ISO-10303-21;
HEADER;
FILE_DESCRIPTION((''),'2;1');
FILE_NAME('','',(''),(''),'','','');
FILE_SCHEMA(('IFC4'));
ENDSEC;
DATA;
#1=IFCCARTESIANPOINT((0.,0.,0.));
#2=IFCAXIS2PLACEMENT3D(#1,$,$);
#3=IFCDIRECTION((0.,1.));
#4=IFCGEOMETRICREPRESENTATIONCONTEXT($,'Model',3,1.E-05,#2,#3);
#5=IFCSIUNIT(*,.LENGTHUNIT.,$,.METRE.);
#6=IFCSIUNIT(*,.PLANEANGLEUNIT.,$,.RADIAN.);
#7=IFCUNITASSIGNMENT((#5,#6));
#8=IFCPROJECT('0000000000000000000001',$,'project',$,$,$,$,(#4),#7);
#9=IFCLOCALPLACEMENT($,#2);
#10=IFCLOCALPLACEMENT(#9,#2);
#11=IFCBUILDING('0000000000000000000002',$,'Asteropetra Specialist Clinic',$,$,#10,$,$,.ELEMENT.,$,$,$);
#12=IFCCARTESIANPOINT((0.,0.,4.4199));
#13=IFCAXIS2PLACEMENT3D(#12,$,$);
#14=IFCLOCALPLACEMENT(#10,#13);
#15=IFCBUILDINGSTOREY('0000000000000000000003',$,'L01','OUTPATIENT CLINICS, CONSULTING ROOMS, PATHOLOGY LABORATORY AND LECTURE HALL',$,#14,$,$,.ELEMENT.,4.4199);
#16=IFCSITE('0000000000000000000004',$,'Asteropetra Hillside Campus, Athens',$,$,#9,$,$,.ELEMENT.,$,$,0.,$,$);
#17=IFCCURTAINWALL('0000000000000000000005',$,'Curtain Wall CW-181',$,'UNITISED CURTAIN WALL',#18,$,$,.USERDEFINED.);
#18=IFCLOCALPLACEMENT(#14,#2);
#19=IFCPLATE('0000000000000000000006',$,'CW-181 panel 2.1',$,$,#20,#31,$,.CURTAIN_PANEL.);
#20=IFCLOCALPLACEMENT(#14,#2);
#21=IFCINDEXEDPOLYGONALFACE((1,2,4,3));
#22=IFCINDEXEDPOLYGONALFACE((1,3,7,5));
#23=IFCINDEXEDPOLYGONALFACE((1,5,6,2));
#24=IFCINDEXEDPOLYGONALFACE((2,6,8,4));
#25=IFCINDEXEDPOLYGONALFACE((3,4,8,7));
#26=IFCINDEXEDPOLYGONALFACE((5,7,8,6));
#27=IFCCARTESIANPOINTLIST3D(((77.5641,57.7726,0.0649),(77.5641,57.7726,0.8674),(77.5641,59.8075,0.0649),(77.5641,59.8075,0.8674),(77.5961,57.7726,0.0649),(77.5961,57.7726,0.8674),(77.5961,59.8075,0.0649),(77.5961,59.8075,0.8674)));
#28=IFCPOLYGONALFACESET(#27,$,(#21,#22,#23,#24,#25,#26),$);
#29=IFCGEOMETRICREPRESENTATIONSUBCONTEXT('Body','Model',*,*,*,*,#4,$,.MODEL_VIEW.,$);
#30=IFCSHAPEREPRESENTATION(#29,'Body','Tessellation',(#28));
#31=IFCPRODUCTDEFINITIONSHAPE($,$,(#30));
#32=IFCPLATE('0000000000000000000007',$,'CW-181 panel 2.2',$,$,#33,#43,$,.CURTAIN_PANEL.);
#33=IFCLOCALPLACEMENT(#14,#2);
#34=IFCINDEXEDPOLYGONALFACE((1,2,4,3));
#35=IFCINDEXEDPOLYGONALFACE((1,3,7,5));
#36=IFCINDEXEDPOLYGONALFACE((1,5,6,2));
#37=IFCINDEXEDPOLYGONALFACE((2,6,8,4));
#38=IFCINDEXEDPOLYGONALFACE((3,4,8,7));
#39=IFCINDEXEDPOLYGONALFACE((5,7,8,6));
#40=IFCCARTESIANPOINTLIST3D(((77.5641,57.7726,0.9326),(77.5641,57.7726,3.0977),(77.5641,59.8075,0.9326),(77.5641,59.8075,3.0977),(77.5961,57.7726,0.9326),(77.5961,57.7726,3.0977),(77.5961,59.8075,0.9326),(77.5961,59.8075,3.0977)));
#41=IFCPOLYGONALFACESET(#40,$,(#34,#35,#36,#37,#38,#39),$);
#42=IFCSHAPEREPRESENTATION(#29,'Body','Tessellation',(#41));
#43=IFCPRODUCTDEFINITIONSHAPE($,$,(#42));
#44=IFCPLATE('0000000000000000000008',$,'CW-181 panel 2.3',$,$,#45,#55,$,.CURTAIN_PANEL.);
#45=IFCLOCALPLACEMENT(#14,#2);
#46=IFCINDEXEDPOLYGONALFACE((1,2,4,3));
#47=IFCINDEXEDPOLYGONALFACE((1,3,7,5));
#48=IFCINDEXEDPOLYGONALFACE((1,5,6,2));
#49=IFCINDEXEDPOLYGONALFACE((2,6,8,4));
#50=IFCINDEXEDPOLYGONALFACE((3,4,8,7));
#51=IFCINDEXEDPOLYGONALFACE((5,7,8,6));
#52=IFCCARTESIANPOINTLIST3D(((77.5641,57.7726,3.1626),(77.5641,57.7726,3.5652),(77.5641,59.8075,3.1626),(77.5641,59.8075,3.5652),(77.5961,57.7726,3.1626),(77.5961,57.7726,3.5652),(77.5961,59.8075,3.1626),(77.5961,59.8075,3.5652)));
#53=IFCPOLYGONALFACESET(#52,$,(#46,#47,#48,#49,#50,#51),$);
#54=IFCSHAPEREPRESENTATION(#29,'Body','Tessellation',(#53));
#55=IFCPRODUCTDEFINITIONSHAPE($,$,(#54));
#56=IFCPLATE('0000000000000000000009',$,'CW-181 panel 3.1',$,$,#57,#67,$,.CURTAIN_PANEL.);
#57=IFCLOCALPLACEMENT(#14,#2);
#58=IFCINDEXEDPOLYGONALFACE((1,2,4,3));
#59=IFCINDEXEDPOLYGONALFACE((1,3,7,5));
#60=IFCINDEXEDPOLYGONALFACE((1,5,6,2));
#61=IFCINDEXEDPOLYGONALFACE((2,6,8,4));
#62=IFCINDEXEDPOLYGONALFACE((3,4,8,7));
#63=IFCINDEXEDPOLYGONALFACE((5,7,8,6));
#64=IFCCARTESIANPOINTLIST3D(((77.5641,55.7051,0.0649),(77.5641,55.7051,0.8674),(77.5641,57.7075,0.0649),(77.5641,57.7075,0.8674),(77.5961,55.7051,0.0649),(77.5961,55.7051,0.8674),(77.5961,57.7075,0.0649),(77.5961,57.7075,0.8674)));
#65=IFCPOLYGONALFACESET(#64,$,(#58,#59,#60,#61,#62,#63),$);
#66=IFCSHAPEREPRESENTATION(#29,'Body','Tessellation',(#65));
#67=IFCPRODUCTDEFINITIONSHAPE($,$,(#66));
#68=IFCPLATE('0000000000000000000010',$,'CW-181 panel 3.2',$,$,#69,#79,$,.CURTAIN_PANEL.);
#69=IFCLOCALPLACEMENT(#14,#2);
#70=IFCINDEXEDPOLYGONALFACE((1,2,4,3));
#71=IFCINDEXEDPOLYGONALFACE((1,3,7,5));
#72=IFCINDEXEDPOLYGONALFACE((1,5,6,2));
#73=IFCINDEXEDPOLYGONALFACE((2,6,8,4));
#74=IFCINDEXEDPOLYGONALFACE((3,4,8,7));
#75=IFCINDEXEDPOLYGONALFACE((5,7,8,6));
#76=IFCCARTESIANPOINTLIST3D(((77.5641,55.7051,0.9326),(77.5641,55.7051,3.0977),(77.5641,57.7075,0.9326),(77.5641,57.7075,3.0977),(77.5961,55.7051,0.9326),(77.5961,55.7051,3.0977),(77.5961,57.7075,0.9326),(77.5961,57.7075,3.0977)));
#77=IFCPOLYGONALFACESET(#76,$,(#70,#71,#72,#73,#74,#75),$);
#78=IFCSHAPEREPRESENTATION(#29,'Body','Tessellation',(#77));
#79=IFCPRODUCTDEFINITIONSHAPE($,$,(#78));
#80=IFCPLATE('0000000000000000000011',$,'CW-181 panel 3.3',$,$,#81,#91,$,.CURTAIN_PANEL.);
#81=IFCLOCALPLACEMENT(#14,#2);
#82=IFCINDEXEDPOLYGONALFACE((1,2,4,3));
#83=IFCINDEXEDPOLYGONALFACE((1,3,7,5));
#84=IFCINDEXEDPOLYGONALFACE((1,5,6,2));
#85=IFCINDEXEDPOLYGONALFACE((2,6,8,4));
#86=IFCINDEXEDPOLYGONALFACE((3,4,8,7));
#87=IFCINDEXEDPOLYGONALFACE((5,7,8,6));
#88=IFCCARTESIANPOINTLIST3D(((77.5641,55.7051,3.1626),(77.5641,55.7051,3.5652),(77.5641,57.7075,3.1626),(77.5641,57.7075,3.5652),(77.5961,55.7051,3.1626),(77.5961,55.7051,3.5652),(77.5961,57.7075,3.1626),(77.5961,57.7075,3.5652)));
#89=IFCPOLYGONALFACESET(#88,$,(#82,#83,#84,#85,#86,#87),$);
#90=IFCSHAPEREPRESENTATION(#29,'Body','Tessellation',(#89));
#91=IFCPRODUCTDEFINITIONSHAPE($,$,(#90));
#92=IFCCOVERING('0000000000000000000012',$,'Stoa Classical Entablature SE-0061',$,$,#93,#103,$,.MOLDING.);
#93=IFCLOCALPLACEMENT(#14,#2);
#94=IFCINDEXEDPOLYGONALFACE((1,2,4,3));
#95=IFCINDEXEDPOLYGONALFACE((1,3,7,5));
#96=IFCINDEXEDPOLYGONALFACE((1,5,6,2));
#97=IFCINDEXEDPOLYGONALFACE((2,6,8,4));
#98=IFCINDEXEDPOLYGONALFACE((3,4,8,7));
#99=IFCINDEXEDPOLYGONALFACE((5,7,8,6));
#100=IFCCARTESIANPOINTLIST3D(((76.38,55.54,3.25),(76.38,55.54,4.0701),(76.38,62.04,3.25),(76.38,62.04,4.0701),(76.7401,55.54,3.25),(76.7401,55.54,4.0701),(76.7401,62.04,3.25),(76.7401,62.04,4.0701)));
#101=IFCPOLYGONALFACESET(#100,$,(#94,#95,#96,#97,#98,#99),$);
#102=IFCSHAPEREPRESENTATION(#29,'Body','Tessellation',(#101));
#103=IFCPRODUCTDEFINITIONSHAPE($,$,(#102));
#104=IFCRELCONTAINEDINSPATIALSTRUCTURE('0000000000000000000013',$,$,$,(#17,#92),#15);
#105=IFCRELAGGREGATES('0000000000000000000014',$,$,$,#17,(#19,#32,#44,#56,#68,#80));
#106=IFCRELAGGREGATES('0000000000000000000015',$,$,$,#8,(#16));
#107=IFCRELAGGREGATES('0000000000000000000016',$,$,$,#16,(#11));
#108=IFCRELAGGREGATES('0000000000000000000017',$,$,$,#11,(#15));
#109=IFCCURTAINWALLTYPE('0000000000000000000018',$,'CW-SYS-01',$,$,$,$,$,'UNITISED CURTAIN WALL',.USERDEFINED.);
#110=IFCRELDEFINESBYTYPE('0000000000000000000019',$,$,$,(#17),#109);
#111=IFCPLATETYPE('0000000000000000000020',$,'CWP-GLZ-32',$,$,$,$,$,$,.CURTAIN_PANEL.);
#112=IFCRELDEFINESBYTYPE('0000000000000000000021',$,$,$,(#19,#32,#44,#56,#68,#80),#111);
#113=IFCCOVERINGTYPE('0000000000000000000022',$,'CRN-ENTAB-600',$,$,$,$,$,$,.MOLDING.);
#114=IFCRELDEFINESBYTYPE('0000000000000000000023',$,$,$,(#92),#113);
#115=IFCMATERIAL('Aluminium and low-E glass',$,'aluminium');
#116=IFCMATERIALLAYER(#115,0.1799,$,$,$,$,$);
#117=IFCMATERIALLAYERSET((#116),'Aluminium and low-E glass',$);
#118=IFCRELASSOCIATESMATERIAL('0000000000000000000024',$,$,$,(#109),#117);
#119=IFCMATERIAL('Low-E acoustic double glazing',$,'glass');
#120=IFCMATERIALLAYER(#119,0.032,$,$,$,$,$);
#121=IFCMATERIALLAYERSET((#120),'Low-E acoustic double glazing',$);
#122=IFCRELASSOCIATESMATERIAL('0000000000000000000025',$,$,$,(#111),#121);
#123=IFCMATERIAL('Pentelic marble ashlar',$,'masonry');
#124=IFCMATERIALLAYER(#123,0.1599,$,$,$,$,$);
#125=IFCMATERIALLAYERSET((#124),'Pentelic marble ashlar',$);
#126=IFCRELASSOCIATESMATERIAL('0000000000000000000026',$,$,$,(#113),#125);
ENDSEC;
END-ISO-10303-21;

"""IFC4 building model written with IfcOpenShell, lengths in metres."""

from ifc_helpers import new_model, si_unit, direction, frame, origin, origin_2d, place, context, subcontext, project, spatial, rectangle, extrude, material, layer, layer_set, type_object, element, aggregate, save


model = new_model("IFC4")

# Units and contexts
model_context = context("Model", 3, precision=1e-05, world=origin(), true_north=direction((0.0, 1.0)))
body_context = subcontext(model_context, "Body", "Model", "MODEL_VIEW")
ifc_project = project(units=[si_unit("LENGTHUNIT", "METRE"), si_unit("PLANEANGLEUNIT", "RADIAN")], contexts=[model_context])

# Site, building, storey
site_placement = place(None, origin())
site = spatial("IfcSite", under=ifc_project, at=site_placement, Name="Asteropetra Hillside Campus, Athens", CompositionType="ELEMENT", RefElevation=0.0)
building_placement = place(site_placement, origin())
building = spatial("IfcBuilding", under=site, at=building_placement, Name="Asteropetra Specialist Clinic", CompositionType="ELEMENT")
storey_placement = place(building_placement, frame((0.0, 0.0, 4.4199)))
storey = spatial("IfcBuildingStorey", under=building, at=storey_placement, Name="L01", Description="OUTPATIENT CLINICS, CONSULTING ROOMS, PATHOLOGY LABORATORY AND LECTURE HALL", CompositionType="ELEMENT", Elevation=4.4199)

# Curtain wall
ifc_material_1 = material(Name="Aluminium and low-E glass", Category="aluminium")
ifc_layer_1 = layer(ifc_material_1, 0.1799)
ifc_layer_set_1 = layer_set([ifc_layer_1], Name="Aluminium and low-E glass")
curtain_wall_type_1 = type_object("IfcCurtainWallType", Name="CW-SYS-01", ElementType="UNITISED CURTAIN WALL", PredefinedType="USERDEFINED", material=ifc_layer_set_1)
curtain_wall_1_placement = place(storey_placement, origin())
curtain_wall_1 = element("IfcCurtainWall", 1, at=curtain_wall_1_placement, inside=storey, type_object=curtain_wall_type_1, Name="Curtain Wall CW-181", ObjectType="UNITISED CURTAIN WALL", PredefinedType="USERDEFINED")

# Plates
ifc_material_2 = material(Name="Low-E acoustic double glazing", Category="glass")
ifc_layer_2 = layer(ifc_material_2, 0.032)
ifc_layer_set_2 = layer_set([ifc_layer_2], Name="Low-E acoustic double glazing")
plate_type = type_object("IfcPlateType", Name="CWP-GLZ-32", PredefinedType="CURTAIN_PANEL", material=ifc_layer_set_2)
plate_1_placement = place(storey_placement, frame((77.5801, 58.79, 0.0649), z_axis=(0.0, 0.0, 1.0), x_axis=(0.0, -1.0, 0.0)))
plate_1 = element("IfcPlate", 2, at=plate_1_placement, type_object=plate_type, Name="CW-181 panel 2.1", PredefinedType="CURTAIN_PANEL", context=body_context, shape_type="SweptSolid", body=[
    extrude(rectangle(XDim=2.0349, YDim=0.032, at=origin_2d()), origin(), (0.0, 0.0, 1.0), 0.8025),
])
plate_2_placement = place(storey_placement, frame((77.5801, 58.79, 0.9326), z_axis=(0.0, 0.0, 1.0), x_axis=(0.0, -1.0, 0.0)))
plate_2 = element("IfcPlate", 3, at=plate_2_placement, type_object=plate_type, Name="CW-181 panel 2.2", PredefinedType="CURTAIN_PANEL", context=body_context, shape_type="SweptSolid", body=[
    extrude(rectangle(XDim=2.0349, YDim=0.032, at=origin_2d()), origin(), (0.0, 0.0, 1.0), 2.165),
])
plate_3_placement = place(storey_placement, frame((77.5801, 58.79, 3.1626), z_axis=(0.0, 0.0, 1.0), x_axis=(0.0, -1.0, 0.0)))
plate_3 = element("IfcPlate", 4, at=plate_3_placement, type_object=plate_type, Name="CW-181 panel 2.3", PredefinedType="CURTAIN_PANEL", context=body_context, shape_type="SweptSolid", body=[
    extrude(rectangle(XDim=2.0349, YDim=0.032, at=origin_2d()), origin(), (0.0, 0.0, 1.0), 0.4026),
])
plate_4_placement = place(storey_placement, frame((77.5801, 56.7063, 0.0649), z_axis=(0.0, 0.0, 1.0), x_axis=(0.0, -1.0, 0.0)))
plate_4 = element("IfcPlate", 5, at=plate_4_placement, type_object=plate_type, Name="CW-181 panel 3.1", PredefinedType="CURTAIN_PANEL", context=body_context, shape_type="SweptSolid", body=[
    extrude(rectangle(XDim=2.0024, YDim=0.032, at=origin_2d()), origin(), (0.0, 0.0, 1.0), 0.8025),
])
plate_5_placement = place(storey_placement, frame((77.5801, 56.7063, 0.9326), z_axis=(0.0, 0.0, 1.0), x_axis=(0.0, -1.0, 0.0)))
plate_5 = element("IfcPlate", 6, at=plate_5_placement, type_object=plate_type, Name="CW-181 panel 3.2", PredefinedType="CURTAIN_PANEL", context=body_context, shape_type="SweptSolid", body=[
    extrude(rectangle(XDim=2.0024, YDim=0.032, at=origin_2d()), origin(), (0.0, 0.0, 1.0), 2.165),
])
plate_6_placement = place(storey_placement, frame((77.5801, 56.7063, 3.1626), z_axis=(0.0, 0.0, 1.0), x_axis=(0.0, -1.0, 0.0)))
plate_6 = element("IfcPlate", 7, at=plate_6_placement, type_object=plate_type, Name="CW-181 panel 3.3", PredefinedType="CURTAIN_PANEL", context=body_context, shape_type="SweptSolid", body=[
    extrude(rectangle(XDim=2.0024, YDim=0.032, at=origin_2d()), origin(), (0.0, 0.0, 1.0), 0.4026),
])
aggregate(curtain_wall_1, [plate_1, plate_2, plate_3, plate_4, plate_5, plate_6])

# Covering
ifc_material_3 = material(Name="Pentelic marble ashlar", Category="masonry")
ifc_layer_3 = layer(ifc_material_3, 0.1599)
ifc_layer_set_3 = layer_set([ifc_layer_3], Name="Pentelic marble ashlar")
covering_type = type_object("IfcCoveringType", Name="CRN-ENTAB-600", PredefinedType="MOLDING", material=ifc_layer_set_3)
covering_placement = place(storey_placement, frame((76.5601, 58.79, 3.25), z_axis=(0.0, 0.0, 1.0), x_axis=(1.0, 0.0, 0.0)))
element("IfcCovering", 8, at=covering_placement, inside=storey, type_object=covering_type, Name="Stoa Classical Entablature SE-0061", PredefinedType="MOLDING", context=body_context, shape_type="SweptSolid", body=[
    extrude(rectangle(XDim=0.3601, YDim=6.5, at=origin_2d()), origin(), (0.0, 0.0, 1.0), 0.8201),
])

save(model, "model.ifc")
